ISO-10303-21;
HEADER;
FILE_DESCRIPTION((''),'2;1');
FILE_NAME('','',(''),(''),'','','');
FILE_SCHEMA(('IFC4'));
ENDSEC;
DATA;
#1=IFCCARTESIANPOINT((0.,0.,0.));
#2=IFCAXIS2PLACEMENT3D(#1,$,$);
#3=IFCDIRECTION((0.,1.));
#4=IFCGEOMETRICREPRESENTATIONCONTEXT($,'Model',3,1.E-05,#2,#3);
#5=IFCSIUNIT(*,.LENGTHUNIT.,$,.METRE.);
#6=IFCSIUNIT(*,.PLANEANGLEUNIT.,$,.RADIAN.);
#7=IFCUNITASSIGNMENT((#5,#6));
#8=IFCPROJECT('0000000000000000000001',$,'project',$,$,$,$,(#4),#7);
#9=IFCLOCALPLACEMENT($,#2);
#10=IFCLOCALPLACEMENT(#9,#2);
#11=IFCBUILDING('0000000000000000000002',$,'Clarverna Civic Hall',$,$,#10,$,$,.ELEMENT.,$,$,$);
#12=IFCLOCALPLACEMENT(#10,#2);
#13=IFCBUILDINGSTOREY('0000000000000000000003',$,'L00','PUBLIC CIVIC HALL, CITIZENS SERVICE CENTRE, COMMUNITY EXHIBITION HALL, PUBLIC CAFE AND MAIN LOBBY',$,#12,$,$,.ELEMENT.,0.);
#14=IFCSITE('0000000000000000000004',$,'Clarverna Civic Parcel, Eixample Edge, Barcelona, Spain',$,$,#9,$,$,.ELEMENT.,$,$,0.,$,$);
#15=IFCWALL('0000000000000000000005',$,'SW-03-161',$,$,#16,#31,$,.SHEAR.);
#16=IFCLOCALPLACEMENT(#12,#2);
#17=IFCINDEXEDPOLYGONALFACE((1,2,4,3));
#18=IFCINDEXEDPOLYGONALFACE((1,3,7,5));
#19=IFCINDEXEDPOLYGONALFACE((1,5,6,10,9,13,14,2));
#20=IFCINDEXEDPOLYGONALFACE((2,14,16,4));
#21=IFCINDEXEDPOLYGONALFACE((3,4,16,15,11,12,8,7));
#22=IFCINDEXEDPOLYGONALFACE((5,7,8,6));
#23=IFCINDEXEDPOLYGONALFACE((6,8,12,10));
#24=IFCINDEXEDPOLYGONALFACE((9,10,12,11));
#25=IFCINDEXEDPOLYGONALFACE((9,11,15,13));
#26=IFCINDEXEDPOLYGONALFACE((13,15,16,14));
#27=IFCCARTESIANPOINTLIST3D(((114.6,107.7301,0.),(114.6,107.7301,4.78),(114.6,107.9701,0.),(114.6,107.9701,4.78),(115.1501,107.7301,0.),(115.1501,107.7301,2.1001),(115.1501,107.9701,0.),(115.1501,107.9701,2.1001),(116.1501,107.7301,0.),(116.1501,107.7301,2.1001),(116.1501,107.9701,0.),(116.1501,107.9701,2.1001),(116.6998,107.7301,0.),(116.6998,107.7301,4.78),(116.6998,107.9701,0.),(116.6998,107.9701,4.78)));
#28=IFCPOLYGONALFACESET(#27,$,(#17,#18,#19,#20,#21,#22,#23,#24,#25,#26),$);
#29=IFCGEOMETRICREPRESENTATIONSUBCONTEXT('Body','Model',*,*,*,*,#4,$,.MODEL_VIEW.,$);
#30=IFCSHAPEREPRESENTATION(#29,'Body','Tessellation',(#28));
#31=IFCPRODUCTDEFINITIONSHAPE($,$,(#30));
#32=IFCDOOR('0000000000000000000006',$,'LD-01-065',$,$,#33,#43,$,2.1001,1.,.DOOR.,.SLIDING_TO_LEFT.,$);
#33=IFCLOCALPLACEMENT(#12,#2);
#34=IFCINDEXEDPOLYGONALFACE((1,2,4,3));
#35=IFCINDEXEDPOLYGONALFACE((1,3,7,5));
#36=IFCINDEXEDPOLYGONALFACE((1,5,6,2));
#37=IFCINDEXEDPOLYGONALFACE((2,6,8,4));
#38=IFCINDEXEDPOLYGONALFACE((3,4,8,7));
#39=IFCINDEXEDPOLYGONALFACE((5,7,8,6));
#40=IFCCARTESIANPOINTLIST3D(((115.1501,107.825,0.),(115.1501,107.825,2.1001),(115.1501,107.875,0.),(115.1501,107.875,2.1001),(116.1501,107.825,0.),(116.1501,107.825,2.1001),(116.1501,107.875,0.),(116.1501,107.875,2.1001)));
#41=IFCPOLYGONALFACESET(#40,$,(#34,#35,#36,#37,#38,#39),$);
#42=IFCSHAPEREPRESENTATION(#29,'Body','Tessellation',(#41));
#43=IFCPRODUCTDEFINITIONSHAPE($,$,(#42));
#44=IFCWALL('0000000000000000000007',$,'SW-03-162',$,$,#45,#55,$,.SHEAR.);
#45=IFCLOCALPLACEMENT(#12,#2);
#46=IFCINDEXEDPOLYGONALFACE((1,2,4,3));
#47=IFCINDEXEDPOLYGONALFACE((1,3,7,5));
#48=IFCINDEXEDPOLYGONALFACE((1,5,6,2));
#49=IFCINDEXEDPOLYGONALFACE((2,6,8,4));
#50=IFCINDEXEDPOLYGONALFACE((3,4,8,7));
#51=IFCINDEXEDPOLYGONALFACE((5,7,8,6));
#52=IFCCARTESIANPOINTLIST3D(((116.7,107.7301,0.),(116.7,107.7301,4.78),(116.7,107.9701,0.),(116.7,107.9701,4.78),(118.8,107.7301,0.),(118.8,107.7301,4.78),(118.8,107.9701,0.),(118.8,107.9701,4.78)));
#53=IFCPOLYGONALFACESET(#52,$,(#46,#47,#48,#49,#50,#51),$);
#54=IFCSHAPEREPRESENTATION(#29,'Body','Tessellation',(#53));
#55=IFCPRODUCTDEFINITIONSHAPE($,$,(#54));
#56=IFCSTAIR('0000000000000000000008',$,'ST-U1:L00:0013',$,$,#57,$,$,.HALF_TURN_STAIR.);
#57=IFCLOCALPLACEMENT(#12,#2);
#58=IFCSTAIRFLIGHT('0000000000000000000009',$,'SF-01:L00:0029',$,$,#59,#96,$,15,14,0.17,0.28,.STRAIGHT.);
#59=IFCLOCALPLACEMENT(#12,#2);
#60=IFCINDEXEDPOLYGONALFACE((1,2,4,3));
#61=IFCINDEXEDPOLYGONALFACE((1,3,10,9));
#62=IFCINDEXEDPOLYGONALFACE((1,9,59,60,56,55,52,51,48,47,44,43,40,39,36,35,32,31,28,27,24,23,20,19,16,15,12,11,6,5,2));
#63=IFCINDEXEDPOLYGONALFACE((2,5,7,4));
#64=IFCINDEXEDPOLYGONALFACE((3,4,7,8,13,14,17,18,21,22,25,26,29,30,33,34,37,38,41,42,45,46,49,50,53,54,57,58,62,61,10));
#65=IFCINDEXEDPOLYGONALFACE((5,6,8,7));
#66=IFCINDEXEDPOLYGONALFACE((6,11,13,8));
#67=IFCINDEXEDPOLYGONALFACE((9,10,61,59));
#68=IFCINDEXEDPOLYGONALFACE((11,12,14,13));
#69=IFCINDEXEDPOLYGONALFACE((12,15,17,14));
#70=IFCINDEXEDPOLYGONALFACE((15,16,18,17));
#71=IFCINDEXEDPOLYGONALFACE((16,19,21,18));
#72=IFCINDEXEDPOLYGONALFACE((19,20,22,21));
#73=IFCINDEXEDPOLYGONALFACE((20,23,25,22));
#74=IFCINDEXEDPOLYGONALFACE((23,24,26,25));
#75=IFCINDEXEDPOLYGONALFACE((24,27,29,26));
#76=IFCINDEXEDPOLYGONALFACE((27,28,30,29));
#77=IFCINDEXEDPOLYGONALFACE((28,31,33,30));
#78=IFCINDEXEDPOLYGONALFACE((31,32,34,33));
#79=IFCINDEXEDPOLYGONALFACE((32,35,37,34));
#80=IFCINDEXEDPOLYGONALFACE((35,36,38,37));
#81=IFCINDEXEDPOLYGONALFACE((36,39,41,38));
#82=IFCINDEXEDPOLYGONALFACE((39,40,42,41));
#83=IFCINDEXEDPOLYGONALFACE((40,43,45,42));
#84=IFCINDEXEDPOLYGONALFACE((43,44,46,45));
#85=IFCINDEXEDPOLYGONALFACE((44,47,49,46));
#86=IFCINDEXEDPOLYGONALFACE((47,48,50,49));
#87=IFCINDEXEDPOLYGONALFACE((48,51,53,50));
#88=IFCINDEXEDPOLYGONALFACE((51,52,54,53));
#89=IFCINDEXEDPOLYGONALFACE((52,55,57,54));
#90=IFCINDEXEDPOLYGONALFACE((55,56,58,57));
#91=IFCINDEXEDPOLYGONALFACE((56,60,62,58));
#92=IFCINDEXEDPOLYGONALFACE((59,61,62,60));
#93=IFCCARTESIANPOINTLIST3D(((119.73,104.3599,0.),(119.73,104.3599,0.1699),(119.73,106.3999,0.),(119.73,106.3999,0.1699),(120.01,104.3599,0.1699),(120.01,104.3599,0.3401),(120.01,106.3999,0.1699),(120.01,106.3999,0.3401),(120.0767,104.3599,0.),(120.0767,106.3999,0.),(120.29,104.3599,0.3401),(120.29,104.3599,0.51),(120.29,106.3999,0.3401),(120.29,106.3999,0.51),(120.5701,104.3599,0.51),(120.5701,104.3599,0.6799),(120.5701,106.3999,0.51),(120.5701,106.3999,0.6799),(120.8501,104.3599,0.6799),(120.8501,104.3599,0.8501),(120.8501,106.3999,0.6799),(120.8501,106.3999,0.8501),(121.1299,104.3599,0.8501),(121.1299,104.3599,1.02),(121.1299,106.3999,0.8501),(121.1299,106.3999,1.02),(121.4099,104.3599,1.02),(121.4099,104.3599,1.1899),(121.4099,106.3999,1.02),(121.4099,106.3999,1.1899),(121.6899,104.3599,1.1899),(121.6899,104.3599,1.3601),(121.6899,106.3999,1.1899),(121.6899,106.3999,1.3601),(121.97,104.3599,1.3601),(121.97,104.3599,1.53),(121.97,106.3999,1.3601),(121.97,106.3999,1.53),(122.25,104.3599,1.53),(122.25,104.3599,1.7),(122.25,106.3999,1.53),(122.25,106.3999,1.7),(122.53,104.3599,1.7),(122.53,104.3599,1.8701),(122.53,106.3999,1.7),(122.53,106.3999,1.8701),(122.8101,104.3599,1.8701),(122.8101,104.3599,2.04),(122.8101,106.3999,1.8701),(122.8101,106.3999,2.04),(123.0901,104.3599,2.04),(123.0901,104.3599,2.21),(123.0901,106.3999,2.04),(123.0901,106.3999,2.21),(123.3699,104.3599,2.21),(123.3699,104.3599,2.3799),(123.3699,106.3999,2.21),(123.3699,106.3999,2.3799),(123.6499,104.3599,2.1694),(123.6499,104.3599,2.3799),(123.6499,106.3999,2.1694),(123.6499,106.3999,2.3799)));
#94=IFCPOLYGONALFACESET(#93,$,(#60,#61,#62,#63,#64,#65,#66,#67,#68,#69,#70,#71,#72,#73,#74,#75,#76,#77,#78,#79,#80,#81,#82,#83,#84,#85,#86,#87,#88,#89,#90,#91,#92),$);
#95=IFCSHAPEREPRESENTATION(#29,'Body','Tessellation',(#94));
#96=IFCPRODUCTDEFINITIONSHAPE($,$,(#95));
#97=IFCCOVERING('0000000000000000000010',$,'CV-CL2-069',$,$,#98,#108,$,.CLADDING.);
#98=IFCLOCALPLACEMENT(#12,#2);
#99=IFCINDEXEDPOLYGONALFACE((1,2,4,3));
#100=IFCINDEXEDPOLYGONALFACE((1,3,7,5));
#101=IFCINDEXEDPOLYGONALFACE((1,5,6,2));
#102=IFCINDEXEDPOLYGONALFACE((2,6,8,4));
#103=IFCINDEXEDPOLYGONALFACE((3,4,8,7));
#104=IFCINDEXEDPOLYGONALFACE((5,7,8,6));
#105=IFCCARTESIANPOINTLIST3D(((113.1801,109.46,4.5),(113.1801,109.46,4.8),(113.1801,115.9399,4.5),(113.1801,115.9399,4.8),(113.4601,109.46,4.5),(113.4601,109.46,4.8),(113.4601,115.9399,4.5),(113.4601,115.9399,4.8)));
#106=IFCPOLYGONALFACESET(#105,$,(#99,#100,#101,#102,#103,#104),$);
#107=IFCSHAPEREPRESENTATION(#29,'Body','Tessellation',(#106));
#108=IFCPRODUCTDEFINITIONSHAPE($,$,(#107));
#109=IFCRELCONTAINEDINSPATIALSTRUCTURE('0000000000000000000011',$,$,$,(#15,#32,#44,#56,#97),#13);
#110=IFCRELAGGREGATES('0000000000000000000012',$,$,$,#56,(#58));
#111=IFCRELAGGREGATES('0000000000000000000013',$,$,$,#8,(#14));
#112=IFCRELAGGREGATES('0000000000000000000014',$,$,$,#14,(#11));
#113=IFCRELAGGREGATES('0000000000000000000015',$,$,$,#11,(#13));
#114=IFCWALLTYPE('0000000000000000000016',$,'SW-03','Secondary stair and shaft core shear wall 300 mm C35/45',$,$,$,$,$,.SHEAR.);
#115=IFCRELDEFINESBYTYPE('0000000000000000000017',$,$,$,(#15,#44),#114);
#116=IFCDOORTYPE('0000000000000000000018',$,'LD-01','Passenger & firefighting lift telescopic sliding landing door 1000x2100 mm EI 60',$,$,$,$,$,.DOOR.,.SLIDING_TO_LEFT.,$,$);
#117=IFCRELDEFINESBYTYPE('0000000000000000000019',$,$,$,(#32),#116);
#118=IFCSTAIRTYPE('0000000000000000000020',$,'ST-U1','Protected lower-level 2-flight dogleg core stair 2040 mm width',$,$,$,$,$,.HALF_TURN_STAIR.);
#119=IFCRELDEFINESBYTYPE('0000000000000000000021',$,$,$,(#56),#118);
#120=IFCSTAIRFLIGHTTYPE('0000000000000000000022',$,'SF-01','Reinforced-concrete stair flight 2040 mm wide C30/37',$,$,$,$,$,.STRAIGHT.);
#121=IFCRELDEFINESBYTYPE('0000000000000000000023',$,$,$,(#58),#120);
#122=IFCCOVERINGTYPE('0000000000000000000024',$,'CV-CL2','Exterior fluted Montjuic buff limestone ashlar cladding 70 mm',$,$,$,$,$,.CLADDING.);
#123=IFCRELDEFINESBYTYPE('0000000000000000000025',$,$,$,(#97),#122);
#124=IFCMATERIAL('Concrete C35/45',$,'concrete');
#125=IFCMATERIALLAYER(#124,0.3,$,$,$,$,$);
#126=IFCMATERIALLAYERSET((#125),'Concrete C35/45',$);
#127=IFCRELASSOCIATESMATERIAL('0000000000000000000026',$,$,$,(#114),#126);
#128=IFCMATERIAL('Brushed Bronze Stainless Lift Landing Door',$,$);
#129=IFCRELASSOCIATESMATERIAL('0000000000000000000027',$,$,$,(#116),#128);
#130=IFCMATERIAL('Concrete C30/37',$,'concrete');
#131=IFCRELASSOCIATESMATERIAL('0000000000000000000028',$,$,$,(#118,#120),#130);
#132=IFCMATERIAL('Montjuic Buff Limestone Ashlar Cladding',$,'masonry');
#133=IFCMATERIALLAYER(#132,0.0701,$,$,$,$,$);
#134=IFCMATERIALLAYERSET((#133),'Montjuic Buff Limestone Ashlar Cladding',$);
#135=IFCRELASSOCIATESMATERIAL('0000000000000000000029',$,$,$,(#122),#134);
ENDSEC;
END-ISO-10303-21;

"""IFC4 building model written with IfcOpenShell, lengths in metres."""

from ifc_helpers import new_model, si_unit, direction, frame, frame_2d, origin, place, context, subcontext, project, spatial, polyline, rectangle, outline, extrude, material, layer, layer_set, type_object, element, fill, aggregate, save


model = new_model("IFC4")

# Units and contexts
model_context = context("Model", 3, precision=1e-05, world=origin(), true_north=direction((0.0, 1.0)))
body_context = subcontext(model_context, "Body", "Model", "MODEL_VIEW")
ifc_project = project(units=[si_unit("LENGTHUNIT", "METRE"), si_unit("PLANEANGLEUNIT", "RADIAN")], contexts=[model_context])

# Site, building, storey
site_placement = place(None, origin())
site = spatial("IfcSite", under=ifc_project, at=site_placement, Name="Clarverna Civic Parcel, Eixample Edge, Barcelona, Spain", CompositionType="ELEMENT", RefElevation=0.0)
building_placement = place(site_placement, origin())
building = spatial("IfcBuilding", under=site, at=building_placement, Name="Clarverna Civic Hall", CompositionType="ELEMENT")
storey_placement = place(building_placement, origin())
storey = spatial("IfcBuildingStorey", under=building, at=storey_placement, Name="L00", Description="PUBLIC CIVIC HALL, CITIZENS SERVICE CENTRE, COMMUNITY EXHIBITION HALL, PUBLIC CAFE AND MAIN LOBBY", CompositionType="ELEMENT", Elevation=0.0)

# Shared definitions
ifc_material_1 = material(Name="Concrete C35/45", Category="concrete")
ifc_layer_1 = layer(ifc_material_1, 0.3)
ifc_layer_set_1 = layer_set([ifc_layer_1], Name="Concrete C35/45")
wall_type_1 = type_object("IfcWallType", Name="SW-03", Description="Secondary stair and shaft core shear wall 300 mm C35/45", PredefinedType="SHEAR", material=ifc_layer_set_1)

# Wall, opening, door
wall_1_placement = place(storey_placement, frame((114.6001, 107.8501, 0.0), z_axis=(0.0, 0.0, 1.0), x_axis=(1.0, 0.0, 0.0)))
wall_1 = element("IfcWall", 1, at=wall_1_placement, inside=storey, type_object=wall_type_1, Name="SW-03-161", PredefinedType="SHEAR", context=body_context, shape_type="SweptSolid", body=[
    extrude(rectangle(XDim=2.0999, YDim=0.24, at=frame_2d((1.0498, 0.0))), origin(), (0.0, 0.0, 1.0), 4.78),
])
opening_1_placement = place(wall_1_placement, frame((0.55, 0.0, 0.0)))
opening_1 = element("IfcOpeningElement", 2, at=opening_1_placement, cuts=wall_1, PredefinedType="OPENING", context=body_context, shape_type="SweptSolid", body=[
    extrude(rectangle(XDim=1.0, YDim=2.1001, at=frame_2d((0.5, 1.05))), frame((0.0, 0.1299, 0.0), z_axis=(0.0, -1.0, 0.0), x_axis=(1.0, 0.0, 0.0)), (0.0, 0.0, 1.0), 0.26),
])
ifc_material_2 = material(Name="Brushed Bronze Stainless Lift Landing Door")
door_type_1 = type_object("IfcDoorType", Name="LD-01", Description="Passenger & firefighting lift telescopic sliding landing door 1000x2100 mm EI 60", OperationType="SLIDING_TO_LEFT", PredefinedType="DOOR", material=ifc_material_2)
door_1_placement = place(opening_1_placement, origin())
door_1 = element("IfcDoor", 3, at=door_1_placement, inside=storey, type_object=door_type_1, Name="LD-01-065", OperationType="SLIDING_TO_LEFT", OverallHeight=2.1001, OverallWidth=1.0, PredefinedType="DOOR", context=body_context, shape_type="SweptSolid", body=[
    extrude(rectangle(XDim=1.0, YDim=2.1001, at=frame_2d((0.5, 1.05))), frame((0.0, 0.0249, 0.0), z_axis=(0.0, -1.0, 0.0), x_axis=(1.0, 0.0, 0.0)), (0.0, 0.0, 1.0), 0.05),
])
fill(opening_1, door_1)

# Wall
wall_2_placement = place(storey_placement, frame((116.7, 107.8501, 0.0), z_axis=(0.0, 0.0, 1.0), x_axis=(1.0, 0.0, 0.0)))
element("IfcWall", 4, at=wall_2_placement, inside=storey, type_object=wall_type_1, Name="SW-03-162", PredefinedType="SHEAR", context=body_context, shape_type="SweptSolid", body=[
    extrude(rectangle(XDim=2.1001, YDim=0.24, at=frame_2d((1.05, 0.0))), origin(), (0.0, 0.0, 1.0), 4.78),
])

# Stair, stair flight
ifc_material_3 = material(Name="Concrete C30/37", Category="concrete")
stair_type = type_object("IfcStairType", Name="ST-U1", Description="Protected lower-level 2-flight dogleg core stair 2040 mm width", PredefinedType="HALF_TURN_STAIR", material=ifc_material_3)
stair_placement = place(storey_placement, origin())
stair = element("IfcStair", 5, at=stair_placement, inside=storey, type_object=stair_type, Name="ST-U1:L00:0013", PredefinedType="HALF_TURN_STAIR")
stair_flight_type = type_object("IfcStairFlightType", Name="SF-01", Description="Reinforced-concrete stair flight 2040 mm wide C30/37", PredefinedType="STRAIGHT", material=ifc_material_3)
stair_flight_placement = place(storey_placement, frame((119.73, 105.3799, 0.0), z_axis=(0.0, 0.0, 1.0), x_axis=(1.0, 0.0, 0.0)))
stair_flight = element("IfcStairFlight", 6, at=stair_flight_placement, type_object=stair_flight_type, Name="SF-01:L00:0029", NumberOfRisers=15, NumberOfTreads=14, PredefinedType="STRAIGHT", RiserHeight=0.17, TreadLength=0.28, context=body_context, shape_type="SweptSolid", body=[
    extrude(outline(polyline([(0.0, 0.0), (0.0, 0.1699), (0.28, 0.1699), (0.28, 0.3401), (0.5601, 0.3401), (0.5601, 0.51), (0.8401, 0.51), (0.8401, 0.6799), (1.1201, 0.6799), (1.1201, 0.8501), (1.3999, 0.8501), (1.3999, 1.02), (1.6799, 1.02), (1.6799, 1.1899), (1.96, 1.1899), (1.96, 1.3601), (2.24, 1.3601), (2.24, 1.53), (2.52, 1.53), (2.52, 1.7), (2.8, 1.7), (2.8, 1.8701), (3.0801, 1.8701), (3.0801, 2.04), (3.3601, 2.04), (3.3601, 2.21), (3.6399, 2.21), (3.6399, 2.3799), (3.9199, 2.3799), (3.9199, 2.55), (3.9199, 2.1694), (0.3467, 0.0), (0.0, 0.0)])), frame((0.0, 1.02, 0.0), z_axis=(0.0, -1.0, 0.0), x_axis=(1.0, 0.0, 0.0)), (0.0, 0.0, 1.0), 2.04),
])
aggregate(stair, [stair_flight])

# Covering
ifc_material_4 = material(Name="Montjuic Buff Limestone Ashlar Cladding", Category="masonry")
ifc_layer_2 = layer(ifc_material_4, 0.0701)
ifc_layer_set_2 = layer_set([ifc_layer_2], Name="Montjuic Buff Limestone Ashlar Cladding")
covering_type = type_object("IfcCoveringType", Name="CV-CL2", Description="Exterior fluted Montjuic buff limestone ashlar cladding 70 mm", PredefinedType="CLADDING", material=ifc_layer_set_2)
covering_placement = place(storey_placement, frame((113.3201, 109.46, 4.5), z_axis=(0.0, 0.0, 1.0), x_axis=(0.0, 1.0, 0.0)))
element("IfcCovering", 7, at=covering_placement, inside=storey, type_object=covering_type, Name="CV-CL2-069", PredefinedType="CLADDING", context=body_context, shape_type="SweptSolid", body=[
    extrude(rectangle(XDim=6.48, YDim=0.28, at=frame_2d((3.24, 0.0))), origin(), (0.0, 0.0, 1.0), 0.3),
])

save(model, "model.ifc")
